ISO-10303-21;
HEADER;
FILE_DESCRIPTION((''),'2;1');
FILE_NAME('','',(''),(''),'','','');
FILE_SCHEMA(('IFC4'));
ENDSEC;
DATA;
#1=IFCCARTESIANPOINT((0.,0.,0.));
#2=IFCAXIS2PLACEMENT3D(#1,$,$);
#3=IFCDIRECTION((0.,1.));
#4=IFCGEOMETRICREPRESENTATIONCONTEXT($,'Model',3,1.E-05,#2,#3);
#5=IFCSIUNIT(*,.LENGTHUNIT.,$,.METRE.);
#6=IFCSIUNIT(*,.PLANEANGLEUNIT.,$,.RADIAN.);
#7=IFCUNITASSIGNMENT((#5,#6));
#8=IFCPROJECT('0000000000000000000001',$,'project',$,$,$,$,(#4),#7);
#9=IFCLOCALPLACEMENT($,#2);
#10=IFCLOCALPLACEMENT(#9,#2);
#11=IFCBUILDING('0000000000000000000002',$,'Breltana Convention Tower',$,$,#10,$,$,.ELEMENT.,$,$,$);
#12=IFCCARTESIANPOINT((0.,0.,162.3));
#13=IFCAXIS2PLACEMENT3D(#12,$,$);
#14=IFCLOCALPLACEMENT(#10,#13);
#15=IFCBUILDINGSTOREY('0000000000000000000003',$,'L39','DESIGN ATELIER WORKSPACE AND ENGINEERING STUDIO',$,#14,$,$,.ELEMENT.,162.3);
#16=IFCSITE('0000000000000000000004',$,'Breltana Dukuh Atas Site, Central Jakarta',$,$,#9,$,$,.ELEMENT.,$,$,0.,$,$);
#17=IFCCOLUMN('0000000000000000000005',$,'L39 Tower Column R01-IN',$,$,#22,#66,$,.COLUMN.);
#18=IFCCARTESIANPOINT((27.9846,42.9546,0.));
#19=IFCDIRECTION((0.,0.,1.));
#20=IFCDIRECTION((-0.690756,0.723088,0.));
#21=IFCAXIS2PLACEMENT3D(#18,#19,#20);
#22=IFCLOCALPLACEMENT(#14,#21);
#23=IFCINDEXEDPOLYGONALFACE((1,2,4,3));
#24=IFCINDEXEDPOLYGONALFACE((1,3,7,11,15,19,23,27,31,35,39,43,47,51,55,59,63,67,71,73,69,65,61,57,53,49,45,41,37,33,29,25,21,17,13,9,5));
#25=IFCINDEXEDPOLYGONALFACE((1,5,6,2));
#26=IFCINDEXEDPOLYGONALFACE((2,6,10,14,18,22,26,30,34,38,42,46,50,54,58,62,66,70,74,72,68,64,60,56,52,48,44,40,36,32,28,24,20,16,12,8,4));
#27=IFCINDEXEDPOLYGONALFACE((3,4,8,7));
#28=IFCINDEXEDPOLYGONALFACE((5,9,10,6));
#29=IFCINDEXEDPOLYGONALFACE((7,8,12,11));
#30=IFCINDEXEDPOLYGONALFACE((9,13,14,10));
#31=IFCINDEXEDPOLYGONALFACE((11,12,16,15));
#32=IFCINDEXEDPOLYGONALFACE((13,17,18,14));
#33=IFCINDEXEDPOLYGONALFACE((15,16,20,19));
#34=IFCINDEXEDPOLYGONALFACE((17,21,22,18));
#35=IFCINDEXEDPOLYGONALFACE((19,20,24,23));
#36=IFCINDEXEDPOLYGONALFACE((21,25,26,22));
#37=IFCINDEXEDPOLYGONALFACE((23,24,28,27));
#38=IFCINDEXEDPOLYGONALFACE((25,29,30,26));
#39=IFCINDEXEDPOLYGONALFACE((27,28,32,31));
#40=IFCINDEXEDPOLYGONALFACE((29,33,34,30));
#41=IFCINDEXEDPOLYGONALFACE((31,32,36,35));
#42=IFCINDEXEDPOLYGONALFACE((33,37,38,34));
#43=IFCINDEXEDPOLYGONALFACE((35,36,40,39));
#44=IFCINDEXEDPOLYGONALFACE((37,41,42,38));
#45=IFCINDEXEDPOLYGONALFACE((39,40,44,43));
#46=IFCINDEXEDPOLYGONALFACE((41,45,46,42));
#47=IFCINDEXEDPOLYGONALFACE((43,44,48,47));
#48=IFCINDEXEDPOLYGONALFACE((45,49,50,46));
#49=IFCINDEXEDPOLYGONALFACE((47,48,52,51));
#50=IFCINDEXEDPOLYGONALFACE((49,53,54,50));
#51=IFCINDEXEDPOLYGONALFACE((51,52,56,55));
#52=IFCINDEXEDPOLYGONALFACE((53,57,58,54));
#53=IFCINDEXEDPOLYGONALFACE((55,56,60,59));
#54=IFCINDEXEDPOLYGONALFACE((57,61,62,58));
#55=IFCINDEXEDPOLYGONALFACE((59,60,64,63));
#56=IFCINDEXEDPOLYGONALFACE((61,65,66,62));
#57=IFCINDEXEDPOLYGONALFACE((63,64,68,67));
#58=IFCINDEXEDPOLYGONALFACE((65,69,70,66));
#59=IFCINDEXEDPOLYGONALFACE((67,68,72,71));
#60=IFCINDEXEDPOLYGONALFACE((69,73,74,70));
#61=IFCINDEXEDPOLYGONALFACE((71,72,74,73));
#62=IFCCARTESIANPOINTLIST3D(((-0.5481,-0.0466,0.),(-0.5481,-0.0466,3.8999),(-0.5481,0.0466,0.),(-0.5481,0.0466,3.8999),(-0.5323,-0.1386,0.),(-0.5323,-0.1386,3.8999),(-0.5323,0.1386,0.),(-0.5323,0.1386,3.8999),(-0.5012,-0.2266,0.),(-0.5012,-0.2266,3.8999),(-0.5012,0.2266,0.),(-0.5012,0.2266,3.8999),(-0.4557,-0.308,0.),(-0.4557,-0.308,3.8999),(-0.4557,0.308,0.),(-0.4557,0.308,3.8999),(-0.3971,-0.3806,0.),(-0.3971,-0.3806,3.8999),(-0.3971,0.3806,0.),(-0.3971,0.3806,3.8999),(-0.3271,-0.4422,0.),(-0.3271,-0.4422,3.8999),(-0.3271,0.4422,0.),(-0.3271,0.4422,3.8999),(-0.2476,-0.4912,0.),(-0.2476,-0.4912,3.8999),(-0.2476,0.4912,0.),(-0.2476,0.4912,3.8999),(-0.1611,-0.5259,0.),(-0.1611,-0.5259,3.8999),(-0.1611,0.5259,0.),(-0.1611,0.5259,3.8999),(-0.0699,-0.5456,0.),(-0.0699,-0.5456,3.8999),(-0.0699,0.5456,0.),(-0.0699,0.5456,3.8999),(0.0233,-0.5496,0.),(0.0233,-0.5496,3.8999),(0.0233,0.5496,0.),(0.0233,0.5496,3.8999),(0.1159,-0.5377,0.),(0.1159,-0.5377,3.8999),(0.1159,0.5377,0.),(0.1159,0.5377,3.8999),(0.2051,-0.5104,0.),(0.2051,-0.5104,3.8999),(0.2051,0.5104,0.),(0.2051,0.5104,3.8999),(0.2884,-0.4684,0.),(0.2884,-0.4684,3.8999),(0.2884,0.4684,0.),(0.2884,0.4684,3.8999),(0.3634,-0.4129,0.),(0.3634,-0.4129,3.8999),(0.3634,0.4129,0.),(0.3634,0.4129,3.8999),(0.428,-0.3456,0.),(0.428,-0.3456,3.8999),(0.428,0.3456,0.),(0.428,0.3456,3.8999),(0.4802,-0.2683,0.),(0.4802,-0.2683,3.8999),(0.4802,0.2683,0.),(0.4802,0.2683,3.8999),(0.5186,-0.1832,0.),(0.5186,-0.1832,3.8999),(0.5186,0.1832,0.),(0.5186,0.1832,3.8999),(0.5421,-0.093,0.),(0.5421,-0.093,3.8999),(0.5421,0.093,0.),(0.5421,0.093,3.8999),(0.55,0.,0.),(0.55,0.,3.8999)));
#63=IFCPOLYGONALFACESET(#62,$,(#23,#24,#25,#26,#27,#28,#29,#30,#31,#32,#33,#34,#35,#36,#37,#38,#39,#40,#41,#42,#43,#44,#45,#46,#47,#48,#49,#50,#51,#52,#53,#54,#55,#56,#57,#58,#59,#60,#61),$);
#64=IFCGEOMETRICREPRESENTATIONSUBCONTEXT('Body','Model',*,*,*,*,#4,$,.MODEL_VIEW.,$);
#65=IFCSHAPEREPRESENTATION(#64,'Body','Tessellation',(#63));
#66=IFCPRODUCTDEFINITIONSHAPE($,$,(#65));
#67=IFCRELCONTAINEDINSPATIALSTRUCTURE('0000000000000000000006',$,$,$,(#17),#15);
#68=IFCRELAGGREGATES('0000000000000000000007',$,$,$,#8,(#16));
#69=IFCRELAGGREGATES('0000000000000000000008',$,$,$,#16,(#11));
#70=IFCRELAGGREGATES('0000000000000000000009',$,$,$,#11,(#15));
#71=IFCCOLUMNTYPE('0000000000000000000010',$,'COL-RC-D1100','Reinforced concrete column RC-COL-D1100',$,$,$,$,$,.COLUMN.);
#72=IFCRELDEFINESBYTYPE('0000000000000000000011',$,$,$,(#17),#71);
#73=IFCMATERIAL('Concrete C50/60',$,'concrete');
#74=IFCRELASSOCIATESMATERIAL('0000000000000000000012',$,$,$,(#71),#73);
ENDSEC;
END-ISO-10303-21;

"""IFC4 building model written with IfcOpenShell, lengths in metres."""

from ifc_helpers import new_model, si_unit, direction, frame, origin, origin_2d, place, context, subcontext, project, spatial, circle, extrude, source, transform, mapped, material, material_profile, profile_set, type_object, element, save


model = new_model("IFC4")

# Units and contexts
model_context = context("Model", 3, precision=1e-05, world=origin(), true_north=direction((0.0, 1.0)))
body_context = subcontext(model_context, "Body", "Model", "MODEL_VIEW")
ifc_project = project(units=[si_unit("LENGTHUNIT", "METRE"), si_unit("PLANEANGLEUNIT", "RADIAN")], contexts=[model_context])

# Site, building, storey
site_placement = place(None, origin())
site = spatial("IfcSite", under=ifc_project, at=site_placement, Name="Breltana Dukuh Atas Site, Central Jakarta", CompositionType="ELEMENT", RefElevation=0.0)
building_placement = place(site_placement, origin())
building = spatial("IfcBuilding", under=site, at=building_placement, Name="Breltana Convention Tower", CompositionType="ELEMENT")
storey_placement = place(building_placement, frame((0.0, 0.0, 162.3)))
storey = spatial("IfcBuildingStorey", under=building, at=storey_placement, Name="L39", Description="DESIGN ATELIER WORKSPACE AND ENGINEERING STUDIO", CompositionType="ELEMENT", Elevation=162.3)

# Column
ifc_material_1 = material(Name="Concrete C50/60", Category="concrete")
ifc_material_profile_1 = material_profile(ifc_material_1, circle(Radius=0.55, at=origin_2d()), Name="RC-COL-D1100")
ifc_profile_set_1 = profile_set([ifc_material_profile_1], Name="Concrete C50/60")
column_type = type_object("IfcColumnType", Name="COL-RC-D1100", Description="Reinforced concrete column RC-COL-D1100", PredefinedType="COLUMN", material=ifc_profile_set_1)
shared_shape_1 = source(origin(), body_context, "Body", "SweptSolid", [
    extrude(circle(Radius=0.55, at=origin_2d()), origin(), (0.0, 0.0, 1.0), 3.8999),
])
column_placement = place(storey_placement, frame((27.9846, 42.9546, 0.0), z_axis=(0.0, 0.0, 1.0), x_axis=(-0.690756, 0.723088, 0.0)))
element("IfcColumn", 1, at=column_placement, inside=storey, type_object=column_type, Name="L39 Tower Column R01-IN", PredefinedType="COLUMN", context=body_context, shape_type="MappedRepresentation", body=[
    mapped(shared_shape_1, transform((0.0, 0.0, 0.0), scale=1.0)),
])

save(model, "model.ifc")
